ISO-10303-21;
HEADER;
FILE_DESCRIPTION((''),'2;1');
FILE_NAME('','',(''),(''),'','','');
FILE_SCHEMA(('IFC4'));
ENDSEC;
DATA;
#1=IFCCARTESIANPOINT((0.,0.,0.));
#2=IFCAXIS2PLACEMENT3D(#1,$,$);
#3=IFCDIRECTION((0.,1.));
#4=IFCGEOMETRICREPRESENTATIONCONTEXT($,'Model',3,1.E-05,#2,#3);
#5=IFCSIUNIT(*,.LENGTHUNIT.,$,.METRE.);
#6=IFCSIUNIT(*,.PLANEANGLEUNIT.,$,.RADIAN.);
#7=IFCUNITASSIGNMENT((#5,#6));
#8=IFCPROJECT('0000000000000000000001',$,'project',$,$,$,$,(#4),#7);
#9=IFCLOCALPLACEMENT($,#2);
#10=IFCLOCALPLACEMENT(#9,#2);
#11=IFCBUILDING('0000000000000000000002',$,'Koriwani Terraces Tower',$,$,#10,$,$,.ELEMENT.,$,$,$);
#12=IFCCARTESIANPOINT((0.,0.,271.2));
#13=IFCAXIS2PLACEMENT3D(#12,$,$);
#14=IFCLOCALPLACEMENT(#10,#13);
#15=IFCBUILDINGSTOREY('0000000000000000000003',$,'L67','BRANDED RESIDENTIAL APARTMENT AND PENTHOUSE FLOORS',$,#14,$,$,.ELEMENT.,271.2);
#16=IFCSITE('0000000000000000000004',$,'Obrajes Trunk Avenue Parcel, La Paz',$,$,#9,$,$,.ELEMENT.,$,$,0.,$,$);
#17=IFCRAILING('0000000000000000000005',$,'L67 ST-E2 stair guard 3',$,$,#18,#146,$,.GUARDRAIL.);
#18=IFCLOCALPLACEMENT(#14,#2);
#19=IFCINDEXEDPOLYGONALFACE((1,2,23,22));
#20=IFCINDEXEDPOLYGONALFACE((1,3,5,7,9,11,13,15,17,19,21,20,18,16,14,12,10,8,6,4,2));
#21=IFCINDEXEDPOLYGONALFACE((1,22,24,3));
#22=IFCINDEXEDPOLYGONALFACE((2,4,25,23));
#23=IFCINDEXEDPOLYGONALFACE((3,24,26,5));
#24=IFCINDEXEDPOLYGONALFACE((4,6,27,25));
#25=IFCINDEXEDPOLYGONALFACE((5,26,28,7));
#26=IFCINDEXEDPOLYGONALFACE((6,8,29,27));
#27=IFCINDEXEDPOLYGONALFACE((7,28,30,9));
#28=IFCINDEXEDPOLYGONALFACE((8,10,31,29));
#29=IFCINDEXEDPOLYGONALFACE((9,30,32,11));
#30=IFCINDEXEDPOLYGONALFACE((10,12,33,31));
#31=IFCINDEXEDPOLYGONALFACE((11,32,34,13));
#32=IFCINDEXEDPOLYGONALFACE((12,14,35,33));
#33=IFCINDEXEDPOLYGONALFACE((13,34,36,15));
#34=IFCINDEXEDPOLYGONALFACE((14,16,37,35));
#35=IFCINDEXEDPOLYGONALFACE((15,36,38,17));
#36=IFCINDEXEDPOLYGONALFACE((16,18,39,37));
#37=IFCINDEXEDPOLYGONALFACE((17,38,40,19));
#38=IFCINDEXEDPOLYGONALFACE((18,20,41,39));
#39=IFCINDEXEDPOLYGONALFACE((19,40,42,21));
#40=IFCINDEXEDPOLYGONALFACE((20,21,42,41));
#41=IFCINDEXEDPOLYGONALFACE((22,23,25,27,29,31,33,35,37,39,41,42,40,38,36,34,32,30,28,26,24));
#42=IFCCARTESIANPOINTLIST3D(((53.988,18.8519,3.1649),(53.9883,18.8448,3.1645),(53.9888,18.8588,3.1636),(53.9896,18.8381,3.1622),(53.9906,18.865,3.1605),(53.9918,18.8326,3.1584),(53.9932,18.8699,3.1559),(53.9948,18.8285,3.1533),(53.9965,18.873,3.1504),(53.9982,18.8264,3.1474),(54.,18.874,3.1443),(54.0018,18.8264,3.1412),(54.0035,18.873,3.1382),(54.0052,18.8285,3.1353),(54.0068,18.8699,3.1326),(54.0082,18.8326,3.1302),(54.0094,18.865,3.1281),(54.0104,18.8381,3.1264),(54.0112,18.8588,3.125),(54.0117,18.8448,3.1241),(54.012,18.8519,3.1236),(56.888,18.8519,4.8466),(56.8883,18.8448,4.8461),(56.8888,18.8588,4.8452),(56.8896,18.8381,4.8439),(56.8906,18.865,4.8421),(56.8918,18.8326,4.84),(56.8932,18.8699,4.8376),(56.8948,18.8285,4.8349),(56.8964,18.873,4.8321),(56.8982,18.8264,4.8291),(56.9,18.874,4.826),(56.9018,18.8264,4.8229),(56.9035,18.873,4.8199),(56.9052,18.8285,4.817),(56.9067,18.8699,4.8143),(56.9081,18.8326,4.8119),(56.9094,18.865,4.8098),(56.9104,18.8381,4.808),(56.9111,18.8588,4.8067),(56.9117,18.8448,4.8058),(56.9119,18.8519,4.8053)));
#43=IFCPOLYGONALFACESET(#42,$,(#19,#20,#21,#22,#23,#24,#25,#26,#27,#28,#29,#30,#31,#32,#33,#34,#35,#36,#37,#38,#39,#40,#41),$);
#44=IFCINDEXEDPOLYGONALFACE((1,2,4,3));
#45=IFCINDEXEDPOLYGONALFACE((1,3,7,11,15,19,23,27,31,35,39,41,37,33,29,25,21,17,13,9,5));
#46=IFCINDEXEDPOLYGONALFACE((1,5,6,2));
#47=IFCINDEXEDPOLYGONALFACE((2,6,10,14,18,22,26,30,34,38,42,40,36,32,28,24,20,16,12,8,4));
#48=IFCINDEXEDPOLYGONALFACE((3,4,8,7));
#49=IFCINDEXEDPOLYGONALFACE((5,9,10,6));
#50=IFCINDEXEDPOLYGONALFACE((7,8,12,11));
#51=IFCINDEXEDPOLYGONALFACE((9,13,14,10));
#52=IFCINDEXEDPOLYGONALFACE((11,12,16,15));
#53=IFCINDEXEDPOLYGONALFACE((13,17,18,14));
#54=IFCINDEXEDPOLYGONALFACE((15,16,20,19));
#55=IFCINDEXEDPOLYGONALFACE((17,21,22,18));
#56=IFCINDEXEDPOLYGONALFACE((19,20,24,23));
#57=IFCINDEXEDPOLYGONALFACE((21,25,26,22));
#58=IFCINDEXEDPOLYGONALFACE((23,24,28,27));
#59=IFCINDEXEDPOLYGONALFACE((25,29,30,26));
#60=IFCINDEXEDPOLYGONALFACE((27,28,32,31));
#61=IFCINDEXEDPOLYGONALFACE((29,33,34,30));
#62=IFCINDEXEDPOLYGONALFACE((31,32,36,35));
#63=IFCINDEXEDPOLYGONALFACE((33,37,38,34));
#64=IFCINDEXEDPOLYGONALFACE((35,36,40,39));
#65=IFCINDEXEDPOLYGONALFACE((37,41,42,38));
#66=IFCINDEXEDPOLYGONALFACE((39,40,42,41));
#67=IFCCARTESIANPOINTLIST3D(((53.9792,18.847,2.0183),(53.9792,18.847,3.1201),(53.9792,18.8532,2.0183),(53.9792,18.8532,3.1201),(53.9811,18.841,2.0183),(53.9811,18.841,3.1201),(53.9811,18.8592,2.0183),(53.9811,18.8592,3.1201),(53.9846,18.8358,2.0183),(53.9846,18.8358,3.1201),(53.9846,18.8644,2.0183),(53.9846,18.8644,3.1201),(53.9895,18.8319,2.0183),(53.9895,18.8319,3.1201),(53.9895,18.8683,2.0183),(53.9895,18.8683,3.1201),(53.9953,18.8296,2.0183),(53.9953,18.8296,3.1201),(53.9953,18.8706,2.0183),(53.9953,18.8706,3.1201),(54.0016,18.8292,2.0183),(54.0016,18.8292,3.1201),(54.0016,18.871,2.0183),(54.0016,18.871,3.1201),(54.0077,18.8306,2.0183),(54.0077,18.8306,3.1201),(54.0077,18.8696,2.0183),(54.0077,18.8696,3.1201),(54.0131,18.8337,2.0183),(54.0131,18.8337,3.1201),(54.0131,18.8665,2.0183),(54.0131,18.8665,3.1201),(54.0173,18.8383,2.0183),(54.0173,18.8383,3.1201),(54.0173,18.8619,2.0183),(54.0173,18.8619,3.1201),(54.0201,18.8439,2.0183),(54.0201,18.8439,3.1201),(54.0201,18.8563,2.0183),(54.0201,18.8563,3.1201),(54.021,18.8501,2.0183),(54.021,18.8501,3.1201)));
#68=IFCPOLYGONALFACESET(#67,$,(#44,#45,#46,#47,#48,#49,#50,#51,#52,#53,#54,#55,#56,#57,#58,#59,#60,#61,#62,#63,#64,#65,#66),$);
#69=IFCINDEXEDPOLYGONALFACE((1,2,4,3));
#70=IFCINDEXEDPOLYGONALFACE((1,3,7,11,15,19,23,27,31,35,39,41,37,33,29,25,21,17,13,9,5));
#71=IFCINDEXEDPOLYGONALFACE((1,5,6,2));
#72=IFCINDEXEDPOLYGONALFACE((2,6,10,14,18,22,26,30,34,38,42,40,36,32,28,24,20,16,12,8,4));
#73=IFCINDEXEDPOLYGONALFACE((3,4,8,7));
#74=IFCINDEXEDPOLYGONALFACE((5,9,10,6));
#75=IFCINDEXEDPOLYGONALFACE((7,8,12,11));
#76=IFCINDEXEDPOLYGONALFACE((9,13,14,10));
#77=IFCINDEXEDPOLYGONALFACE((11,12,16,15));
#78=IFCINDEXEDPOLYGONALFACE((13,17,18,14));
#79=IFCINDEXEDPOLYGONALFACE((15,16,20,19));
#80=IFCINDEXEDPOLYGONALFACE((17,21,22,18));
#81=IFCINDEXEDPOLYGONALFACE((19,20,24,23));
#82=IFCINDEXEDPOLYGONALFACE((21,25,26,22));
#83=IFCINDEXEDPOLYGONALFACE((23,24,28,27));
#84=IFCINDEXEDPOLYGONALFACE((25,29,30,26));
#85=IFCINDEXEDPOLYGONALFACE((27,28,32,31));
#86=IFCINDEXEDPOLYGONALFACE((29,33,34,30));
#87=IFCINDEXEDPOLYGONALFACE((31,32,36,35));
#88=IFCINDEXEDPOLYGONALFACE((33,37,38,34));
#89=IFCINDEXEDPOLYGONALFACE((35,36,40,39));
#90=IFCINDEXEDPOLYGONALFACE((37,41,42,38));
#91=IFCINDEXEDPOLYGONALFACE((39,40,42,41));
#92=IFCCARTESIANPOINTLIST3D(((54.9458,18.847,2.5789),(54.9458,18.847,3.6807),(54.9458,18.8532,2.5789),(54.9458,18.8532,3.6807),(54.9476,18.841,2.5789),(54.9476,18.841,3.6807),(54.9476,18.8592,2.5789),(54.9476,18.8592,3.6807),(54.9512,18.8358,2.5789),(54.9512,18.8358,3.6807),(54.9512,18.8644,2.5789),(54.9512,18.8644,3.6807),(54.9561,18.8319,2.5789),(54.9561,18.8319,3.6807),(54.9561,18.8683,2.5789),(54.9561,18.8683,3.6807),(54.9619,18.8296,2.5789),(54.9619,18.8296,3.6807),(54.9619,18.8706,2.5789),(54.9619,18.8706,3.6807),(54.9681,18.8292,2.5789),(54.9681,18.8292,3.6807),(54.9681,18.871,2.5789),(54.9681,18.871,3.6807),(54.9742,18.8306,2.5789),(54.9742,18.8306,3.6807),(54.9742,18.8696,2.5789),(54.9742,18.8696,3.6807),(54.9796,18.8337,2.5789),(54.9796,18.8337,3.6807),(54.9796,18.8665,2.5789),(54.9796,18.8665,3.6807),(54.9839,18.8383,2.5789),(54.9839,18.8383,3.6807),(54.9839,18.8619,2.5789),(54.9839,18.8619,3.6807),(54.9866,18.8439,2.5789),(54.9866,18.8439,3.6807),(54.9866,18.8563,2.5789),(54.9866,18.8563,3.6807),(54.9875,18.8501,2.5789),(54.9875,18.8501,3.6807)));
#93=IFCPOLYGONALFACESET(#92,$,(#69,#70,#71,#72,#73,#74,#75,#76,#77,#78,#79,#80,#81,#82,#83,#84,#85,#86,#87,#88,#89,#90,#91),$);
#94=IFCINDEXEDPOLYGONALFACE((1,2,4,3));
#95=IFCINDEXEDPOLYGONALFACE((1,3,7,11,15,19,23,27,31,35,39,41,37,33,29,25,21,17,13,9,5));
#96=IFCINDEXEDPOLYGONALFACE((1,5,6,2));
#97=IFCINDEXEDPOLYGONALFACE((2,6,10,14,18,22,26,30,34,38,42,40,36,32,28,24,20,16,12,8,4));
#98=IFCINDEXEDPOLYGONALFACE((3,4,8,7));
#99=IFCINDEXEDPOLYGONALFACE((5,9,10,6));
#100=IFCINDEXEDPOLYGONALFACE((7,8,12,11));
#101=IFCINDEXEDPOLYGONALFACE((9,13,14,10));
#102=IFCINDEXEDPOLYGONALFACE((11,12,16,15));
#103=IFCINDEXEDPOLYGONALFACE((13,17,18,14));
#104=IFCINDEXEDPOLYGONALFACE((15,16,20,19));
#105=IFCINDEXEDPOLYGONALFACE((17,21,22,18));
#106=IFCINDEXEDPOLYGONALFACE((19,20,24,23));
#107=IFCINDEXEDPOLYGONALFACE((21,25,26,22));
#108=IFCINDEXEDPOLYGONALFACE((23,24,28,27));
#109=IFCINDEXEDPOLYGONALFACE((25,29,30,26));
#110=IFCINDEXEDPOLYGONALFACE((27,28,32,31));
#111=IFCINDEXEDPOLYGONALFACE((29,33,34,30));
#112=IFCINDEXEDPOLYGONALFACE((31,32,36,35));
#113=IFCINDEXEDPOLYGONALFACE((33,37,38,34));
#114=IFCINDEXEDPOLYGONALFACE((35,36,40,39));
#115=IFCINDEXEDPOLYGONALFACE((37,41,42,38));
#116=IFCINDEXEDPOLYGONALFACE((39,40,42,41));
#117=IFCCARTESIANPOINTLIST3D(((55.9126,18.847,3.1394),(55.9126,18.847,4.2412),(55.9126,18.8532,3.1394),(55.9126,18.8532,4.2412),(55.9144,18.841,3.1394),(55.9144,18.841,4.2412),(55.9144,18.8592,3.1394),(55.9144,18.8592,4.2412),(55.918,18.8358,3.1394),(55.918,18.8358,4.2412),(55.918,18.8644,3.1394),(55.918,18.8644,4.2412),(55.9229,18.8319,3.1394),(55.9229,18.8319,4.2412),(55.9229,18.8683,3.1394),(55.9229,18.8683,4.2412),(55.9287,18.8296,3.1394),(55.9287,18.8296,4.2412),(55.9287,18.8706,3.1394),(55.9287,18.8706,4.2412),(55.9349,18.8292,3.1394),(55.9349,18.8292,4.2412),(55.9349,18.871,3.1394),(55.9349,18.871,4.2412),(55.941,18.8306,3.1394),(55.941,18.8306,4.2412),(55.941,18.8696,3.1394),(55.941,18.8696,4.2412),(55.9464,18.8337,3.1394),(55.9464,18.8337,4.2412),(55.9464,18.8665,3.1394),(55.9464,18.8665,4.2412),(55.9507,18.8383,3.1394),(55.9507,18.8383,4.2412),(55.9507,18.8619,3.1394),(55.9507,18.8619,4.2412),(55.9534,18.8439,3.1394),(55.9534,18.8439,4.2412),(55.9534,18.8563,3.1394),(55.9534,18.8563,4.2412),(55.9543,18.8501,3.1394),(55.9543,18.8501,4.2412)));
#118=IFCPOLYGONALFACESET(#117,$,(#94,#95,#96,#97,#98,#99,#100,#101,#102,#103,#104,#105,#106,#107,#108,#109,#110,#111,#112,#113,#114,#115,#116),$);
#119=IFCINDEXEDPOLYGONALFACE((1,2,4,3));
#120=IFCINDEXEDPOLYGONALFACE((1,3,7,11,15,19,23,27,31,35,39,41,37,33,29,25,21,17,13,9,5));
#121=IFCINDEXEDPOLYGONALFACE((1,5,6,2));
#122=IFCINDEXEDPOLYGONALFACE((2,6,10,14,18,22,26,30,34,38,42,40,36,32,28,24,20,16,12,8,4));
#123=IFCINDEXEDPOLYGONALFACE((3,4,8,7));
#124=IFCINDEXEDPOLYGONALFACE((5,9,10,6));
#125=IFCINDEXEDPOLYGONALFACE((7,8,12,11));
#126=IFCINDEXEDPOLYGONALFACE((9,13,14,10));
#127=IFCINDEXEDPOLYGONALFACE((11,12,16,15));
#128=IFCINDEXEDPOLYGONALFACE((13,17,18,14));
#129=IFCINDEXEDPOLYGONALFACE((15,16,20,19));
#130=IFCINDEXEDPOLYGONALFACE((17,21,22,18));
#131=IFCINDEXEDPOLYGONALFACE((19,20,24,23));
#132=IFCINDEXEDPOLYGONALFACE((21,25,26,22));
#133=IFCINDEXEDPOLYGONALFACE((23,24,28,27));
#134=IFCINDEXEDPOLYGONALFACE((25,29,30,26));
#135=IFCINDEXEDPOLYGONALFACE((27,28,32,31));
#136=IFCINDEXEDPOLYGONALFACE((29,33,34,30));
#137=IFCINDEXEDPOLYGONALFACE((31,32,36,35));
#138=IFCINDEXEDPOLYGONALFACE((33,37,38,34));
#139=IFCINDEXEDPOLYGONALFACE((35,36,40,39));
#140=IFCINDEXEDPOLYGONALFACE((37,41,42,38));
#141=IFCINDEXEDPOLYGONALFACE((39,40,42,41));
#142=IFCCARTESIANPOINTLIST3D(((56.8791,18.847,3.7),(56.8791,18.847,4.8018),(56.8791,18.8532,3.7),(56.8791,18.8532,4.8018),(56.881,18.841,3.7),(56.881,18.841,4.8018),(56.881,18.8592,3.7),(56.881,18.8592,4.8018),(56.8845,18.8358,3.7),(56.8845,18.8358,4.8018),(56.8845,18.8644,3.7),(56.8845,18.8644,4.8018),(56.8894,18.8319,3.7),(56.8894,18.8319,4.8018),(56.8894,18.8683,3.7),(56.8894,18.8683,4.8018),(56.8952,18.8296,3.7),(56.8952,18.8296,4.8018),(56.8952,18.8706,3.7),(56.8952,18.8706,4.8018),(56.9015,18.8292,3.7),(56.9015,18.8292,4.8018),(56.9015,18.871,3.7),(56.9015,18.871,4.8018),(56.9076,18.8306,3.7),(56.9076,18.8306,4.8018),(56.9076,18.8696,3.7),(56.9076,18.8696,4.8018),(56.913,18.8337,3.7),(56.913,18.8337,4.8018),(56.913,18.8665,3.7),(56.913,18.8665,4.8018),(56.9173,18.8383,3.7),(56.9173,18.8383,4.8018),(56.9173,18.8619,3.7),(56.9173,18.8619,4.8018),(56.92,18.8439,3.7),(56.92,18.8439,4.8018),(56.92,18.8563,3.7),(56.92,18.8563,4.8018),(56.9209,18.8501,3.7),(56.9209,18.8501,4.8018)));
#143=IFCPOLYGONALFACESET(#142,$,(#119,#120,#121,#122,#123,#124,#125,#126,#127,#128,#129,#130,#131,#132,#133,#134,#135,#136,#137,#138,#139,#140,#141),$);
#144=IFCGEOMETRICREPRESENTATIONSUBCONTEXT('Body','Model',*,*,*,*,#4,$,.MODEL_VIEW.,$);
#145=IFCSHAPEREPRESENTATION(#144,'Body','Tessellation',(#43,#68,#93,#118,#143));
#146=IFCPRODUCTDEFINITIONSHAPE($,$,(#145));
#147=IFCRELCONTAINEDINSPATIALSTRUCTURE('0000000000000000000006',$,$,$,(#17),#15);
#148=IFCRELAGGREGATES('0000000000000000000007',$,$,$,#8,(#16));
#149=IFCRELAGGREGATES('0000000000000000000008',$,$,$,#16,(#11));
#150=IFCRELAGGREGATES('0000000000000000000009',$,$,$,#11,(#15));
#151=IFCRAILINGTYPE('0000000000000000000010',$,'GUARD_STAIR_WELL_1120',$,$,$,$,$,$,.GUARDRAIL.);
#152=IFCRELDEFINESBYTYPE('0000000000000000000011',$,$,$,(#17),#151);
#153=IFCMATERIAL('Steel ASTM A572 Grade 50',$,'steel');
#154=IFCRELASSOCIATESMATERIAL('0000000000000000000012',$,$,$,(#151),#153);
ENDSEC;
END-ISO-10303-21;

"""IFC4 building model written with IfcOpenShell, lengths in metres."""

from ifc_helpers import new_model, si_unit, direction, frame, origin, origin_2d, place, context, subcontext, project, spatial, circle, extrude, material, type_object, element, save


model = new_model("IFC4")

# Units and contexts
model_context = context("Model", 3, precision=1e-05, world=origin(), true_north=direction((0.0, 1.0)))
body_context = subcontext(model_context, "Body", "Model", "MODEL_VIEW")
ifc_project = project(units=[si_unit("LENGTHUNIT", "METRE"), si_unit("PLANEANGLEUNIT", "RADIAN")], contexts=[model_context])

# Site, building, storey
site_placement = place(None, origin())
site = spatial("IfcSite", under=ifc_project, at=site_placement, Name="Obrajes Trunk Avenue Parcel, La Paz", CompositionType="ELEMENT", RefElevation=0.0)
building_placement = place(site_placement, origin())
building = spatial("IfcBuilding", under=site, at=building_placement, Name="Koriwani Terraces Tower", CompositionType="ELEMENT")
storey_placement = place(building_placement, frame((0.0, 0.0, 271.2)))
storey = spatial("IfcBuildingStorey", under=building, at=storey_placement, Name="L67", Description="BRANDED RESIDENTIAL APARTMENT AND PENTHOUSE FLOORS", CompositionType="ELEMENT", Elevation=271.2)

# Shared definitions
ifc_material_1 = material(Name="Steel ASTM A572 Grade 50", Category="steel")

# Railing
railing_type_1 = type_object("IfcRailingType", Name="GUARD_STAIR_WELL_1120", PredefinedType="GUARDRAIL", material=ifc_material_1)
railing_1_placement = place(storey_placement, frame((54.0, 18.8501, 2.0183)))
element("IfcRailing", 1, at=railing_1_placement, inside=storey, type_object=railing_type_1, Name="L67 ST-E2 stair guard 3", PredefinedType="GUARDRAIL", context=body_context, shape_type="SweptSolid", body=[
    extrude(circle(Radius=0.0239, at=origin_2d()), frame((0.0, 0.0, 1.126), z_axis=(0.86507, 0.0, 0.501651), x_axis=(0.0, 1.0, 0.0)), (0.0, 0.0, 1.0), 3.3523),
    extrude(circle(Radius=0.021, at=origin_2d()), origin(), (0.0, 0.0, 1.0), 1.1018),
    extrude(circle(Radius=0.021, at=origin_2d()), frame((0.9666, 0.0, 0.5605)), (0.0, 0.0, 1.0), 1.1018),
    extrude(circle(Radius=0.021, at=origin_2d()), frame((1.9333, 0.0, 1.1211)), (0.0, 0.0, 1.0), 1.1018),
    extrude(circle(Radius=0.021, at=origin_2d()), frame((2.8999, 0.0, 1.6816)), (0.0, 0.0, 1.0), 1.1018),
])

save(model, "model.ifc")
